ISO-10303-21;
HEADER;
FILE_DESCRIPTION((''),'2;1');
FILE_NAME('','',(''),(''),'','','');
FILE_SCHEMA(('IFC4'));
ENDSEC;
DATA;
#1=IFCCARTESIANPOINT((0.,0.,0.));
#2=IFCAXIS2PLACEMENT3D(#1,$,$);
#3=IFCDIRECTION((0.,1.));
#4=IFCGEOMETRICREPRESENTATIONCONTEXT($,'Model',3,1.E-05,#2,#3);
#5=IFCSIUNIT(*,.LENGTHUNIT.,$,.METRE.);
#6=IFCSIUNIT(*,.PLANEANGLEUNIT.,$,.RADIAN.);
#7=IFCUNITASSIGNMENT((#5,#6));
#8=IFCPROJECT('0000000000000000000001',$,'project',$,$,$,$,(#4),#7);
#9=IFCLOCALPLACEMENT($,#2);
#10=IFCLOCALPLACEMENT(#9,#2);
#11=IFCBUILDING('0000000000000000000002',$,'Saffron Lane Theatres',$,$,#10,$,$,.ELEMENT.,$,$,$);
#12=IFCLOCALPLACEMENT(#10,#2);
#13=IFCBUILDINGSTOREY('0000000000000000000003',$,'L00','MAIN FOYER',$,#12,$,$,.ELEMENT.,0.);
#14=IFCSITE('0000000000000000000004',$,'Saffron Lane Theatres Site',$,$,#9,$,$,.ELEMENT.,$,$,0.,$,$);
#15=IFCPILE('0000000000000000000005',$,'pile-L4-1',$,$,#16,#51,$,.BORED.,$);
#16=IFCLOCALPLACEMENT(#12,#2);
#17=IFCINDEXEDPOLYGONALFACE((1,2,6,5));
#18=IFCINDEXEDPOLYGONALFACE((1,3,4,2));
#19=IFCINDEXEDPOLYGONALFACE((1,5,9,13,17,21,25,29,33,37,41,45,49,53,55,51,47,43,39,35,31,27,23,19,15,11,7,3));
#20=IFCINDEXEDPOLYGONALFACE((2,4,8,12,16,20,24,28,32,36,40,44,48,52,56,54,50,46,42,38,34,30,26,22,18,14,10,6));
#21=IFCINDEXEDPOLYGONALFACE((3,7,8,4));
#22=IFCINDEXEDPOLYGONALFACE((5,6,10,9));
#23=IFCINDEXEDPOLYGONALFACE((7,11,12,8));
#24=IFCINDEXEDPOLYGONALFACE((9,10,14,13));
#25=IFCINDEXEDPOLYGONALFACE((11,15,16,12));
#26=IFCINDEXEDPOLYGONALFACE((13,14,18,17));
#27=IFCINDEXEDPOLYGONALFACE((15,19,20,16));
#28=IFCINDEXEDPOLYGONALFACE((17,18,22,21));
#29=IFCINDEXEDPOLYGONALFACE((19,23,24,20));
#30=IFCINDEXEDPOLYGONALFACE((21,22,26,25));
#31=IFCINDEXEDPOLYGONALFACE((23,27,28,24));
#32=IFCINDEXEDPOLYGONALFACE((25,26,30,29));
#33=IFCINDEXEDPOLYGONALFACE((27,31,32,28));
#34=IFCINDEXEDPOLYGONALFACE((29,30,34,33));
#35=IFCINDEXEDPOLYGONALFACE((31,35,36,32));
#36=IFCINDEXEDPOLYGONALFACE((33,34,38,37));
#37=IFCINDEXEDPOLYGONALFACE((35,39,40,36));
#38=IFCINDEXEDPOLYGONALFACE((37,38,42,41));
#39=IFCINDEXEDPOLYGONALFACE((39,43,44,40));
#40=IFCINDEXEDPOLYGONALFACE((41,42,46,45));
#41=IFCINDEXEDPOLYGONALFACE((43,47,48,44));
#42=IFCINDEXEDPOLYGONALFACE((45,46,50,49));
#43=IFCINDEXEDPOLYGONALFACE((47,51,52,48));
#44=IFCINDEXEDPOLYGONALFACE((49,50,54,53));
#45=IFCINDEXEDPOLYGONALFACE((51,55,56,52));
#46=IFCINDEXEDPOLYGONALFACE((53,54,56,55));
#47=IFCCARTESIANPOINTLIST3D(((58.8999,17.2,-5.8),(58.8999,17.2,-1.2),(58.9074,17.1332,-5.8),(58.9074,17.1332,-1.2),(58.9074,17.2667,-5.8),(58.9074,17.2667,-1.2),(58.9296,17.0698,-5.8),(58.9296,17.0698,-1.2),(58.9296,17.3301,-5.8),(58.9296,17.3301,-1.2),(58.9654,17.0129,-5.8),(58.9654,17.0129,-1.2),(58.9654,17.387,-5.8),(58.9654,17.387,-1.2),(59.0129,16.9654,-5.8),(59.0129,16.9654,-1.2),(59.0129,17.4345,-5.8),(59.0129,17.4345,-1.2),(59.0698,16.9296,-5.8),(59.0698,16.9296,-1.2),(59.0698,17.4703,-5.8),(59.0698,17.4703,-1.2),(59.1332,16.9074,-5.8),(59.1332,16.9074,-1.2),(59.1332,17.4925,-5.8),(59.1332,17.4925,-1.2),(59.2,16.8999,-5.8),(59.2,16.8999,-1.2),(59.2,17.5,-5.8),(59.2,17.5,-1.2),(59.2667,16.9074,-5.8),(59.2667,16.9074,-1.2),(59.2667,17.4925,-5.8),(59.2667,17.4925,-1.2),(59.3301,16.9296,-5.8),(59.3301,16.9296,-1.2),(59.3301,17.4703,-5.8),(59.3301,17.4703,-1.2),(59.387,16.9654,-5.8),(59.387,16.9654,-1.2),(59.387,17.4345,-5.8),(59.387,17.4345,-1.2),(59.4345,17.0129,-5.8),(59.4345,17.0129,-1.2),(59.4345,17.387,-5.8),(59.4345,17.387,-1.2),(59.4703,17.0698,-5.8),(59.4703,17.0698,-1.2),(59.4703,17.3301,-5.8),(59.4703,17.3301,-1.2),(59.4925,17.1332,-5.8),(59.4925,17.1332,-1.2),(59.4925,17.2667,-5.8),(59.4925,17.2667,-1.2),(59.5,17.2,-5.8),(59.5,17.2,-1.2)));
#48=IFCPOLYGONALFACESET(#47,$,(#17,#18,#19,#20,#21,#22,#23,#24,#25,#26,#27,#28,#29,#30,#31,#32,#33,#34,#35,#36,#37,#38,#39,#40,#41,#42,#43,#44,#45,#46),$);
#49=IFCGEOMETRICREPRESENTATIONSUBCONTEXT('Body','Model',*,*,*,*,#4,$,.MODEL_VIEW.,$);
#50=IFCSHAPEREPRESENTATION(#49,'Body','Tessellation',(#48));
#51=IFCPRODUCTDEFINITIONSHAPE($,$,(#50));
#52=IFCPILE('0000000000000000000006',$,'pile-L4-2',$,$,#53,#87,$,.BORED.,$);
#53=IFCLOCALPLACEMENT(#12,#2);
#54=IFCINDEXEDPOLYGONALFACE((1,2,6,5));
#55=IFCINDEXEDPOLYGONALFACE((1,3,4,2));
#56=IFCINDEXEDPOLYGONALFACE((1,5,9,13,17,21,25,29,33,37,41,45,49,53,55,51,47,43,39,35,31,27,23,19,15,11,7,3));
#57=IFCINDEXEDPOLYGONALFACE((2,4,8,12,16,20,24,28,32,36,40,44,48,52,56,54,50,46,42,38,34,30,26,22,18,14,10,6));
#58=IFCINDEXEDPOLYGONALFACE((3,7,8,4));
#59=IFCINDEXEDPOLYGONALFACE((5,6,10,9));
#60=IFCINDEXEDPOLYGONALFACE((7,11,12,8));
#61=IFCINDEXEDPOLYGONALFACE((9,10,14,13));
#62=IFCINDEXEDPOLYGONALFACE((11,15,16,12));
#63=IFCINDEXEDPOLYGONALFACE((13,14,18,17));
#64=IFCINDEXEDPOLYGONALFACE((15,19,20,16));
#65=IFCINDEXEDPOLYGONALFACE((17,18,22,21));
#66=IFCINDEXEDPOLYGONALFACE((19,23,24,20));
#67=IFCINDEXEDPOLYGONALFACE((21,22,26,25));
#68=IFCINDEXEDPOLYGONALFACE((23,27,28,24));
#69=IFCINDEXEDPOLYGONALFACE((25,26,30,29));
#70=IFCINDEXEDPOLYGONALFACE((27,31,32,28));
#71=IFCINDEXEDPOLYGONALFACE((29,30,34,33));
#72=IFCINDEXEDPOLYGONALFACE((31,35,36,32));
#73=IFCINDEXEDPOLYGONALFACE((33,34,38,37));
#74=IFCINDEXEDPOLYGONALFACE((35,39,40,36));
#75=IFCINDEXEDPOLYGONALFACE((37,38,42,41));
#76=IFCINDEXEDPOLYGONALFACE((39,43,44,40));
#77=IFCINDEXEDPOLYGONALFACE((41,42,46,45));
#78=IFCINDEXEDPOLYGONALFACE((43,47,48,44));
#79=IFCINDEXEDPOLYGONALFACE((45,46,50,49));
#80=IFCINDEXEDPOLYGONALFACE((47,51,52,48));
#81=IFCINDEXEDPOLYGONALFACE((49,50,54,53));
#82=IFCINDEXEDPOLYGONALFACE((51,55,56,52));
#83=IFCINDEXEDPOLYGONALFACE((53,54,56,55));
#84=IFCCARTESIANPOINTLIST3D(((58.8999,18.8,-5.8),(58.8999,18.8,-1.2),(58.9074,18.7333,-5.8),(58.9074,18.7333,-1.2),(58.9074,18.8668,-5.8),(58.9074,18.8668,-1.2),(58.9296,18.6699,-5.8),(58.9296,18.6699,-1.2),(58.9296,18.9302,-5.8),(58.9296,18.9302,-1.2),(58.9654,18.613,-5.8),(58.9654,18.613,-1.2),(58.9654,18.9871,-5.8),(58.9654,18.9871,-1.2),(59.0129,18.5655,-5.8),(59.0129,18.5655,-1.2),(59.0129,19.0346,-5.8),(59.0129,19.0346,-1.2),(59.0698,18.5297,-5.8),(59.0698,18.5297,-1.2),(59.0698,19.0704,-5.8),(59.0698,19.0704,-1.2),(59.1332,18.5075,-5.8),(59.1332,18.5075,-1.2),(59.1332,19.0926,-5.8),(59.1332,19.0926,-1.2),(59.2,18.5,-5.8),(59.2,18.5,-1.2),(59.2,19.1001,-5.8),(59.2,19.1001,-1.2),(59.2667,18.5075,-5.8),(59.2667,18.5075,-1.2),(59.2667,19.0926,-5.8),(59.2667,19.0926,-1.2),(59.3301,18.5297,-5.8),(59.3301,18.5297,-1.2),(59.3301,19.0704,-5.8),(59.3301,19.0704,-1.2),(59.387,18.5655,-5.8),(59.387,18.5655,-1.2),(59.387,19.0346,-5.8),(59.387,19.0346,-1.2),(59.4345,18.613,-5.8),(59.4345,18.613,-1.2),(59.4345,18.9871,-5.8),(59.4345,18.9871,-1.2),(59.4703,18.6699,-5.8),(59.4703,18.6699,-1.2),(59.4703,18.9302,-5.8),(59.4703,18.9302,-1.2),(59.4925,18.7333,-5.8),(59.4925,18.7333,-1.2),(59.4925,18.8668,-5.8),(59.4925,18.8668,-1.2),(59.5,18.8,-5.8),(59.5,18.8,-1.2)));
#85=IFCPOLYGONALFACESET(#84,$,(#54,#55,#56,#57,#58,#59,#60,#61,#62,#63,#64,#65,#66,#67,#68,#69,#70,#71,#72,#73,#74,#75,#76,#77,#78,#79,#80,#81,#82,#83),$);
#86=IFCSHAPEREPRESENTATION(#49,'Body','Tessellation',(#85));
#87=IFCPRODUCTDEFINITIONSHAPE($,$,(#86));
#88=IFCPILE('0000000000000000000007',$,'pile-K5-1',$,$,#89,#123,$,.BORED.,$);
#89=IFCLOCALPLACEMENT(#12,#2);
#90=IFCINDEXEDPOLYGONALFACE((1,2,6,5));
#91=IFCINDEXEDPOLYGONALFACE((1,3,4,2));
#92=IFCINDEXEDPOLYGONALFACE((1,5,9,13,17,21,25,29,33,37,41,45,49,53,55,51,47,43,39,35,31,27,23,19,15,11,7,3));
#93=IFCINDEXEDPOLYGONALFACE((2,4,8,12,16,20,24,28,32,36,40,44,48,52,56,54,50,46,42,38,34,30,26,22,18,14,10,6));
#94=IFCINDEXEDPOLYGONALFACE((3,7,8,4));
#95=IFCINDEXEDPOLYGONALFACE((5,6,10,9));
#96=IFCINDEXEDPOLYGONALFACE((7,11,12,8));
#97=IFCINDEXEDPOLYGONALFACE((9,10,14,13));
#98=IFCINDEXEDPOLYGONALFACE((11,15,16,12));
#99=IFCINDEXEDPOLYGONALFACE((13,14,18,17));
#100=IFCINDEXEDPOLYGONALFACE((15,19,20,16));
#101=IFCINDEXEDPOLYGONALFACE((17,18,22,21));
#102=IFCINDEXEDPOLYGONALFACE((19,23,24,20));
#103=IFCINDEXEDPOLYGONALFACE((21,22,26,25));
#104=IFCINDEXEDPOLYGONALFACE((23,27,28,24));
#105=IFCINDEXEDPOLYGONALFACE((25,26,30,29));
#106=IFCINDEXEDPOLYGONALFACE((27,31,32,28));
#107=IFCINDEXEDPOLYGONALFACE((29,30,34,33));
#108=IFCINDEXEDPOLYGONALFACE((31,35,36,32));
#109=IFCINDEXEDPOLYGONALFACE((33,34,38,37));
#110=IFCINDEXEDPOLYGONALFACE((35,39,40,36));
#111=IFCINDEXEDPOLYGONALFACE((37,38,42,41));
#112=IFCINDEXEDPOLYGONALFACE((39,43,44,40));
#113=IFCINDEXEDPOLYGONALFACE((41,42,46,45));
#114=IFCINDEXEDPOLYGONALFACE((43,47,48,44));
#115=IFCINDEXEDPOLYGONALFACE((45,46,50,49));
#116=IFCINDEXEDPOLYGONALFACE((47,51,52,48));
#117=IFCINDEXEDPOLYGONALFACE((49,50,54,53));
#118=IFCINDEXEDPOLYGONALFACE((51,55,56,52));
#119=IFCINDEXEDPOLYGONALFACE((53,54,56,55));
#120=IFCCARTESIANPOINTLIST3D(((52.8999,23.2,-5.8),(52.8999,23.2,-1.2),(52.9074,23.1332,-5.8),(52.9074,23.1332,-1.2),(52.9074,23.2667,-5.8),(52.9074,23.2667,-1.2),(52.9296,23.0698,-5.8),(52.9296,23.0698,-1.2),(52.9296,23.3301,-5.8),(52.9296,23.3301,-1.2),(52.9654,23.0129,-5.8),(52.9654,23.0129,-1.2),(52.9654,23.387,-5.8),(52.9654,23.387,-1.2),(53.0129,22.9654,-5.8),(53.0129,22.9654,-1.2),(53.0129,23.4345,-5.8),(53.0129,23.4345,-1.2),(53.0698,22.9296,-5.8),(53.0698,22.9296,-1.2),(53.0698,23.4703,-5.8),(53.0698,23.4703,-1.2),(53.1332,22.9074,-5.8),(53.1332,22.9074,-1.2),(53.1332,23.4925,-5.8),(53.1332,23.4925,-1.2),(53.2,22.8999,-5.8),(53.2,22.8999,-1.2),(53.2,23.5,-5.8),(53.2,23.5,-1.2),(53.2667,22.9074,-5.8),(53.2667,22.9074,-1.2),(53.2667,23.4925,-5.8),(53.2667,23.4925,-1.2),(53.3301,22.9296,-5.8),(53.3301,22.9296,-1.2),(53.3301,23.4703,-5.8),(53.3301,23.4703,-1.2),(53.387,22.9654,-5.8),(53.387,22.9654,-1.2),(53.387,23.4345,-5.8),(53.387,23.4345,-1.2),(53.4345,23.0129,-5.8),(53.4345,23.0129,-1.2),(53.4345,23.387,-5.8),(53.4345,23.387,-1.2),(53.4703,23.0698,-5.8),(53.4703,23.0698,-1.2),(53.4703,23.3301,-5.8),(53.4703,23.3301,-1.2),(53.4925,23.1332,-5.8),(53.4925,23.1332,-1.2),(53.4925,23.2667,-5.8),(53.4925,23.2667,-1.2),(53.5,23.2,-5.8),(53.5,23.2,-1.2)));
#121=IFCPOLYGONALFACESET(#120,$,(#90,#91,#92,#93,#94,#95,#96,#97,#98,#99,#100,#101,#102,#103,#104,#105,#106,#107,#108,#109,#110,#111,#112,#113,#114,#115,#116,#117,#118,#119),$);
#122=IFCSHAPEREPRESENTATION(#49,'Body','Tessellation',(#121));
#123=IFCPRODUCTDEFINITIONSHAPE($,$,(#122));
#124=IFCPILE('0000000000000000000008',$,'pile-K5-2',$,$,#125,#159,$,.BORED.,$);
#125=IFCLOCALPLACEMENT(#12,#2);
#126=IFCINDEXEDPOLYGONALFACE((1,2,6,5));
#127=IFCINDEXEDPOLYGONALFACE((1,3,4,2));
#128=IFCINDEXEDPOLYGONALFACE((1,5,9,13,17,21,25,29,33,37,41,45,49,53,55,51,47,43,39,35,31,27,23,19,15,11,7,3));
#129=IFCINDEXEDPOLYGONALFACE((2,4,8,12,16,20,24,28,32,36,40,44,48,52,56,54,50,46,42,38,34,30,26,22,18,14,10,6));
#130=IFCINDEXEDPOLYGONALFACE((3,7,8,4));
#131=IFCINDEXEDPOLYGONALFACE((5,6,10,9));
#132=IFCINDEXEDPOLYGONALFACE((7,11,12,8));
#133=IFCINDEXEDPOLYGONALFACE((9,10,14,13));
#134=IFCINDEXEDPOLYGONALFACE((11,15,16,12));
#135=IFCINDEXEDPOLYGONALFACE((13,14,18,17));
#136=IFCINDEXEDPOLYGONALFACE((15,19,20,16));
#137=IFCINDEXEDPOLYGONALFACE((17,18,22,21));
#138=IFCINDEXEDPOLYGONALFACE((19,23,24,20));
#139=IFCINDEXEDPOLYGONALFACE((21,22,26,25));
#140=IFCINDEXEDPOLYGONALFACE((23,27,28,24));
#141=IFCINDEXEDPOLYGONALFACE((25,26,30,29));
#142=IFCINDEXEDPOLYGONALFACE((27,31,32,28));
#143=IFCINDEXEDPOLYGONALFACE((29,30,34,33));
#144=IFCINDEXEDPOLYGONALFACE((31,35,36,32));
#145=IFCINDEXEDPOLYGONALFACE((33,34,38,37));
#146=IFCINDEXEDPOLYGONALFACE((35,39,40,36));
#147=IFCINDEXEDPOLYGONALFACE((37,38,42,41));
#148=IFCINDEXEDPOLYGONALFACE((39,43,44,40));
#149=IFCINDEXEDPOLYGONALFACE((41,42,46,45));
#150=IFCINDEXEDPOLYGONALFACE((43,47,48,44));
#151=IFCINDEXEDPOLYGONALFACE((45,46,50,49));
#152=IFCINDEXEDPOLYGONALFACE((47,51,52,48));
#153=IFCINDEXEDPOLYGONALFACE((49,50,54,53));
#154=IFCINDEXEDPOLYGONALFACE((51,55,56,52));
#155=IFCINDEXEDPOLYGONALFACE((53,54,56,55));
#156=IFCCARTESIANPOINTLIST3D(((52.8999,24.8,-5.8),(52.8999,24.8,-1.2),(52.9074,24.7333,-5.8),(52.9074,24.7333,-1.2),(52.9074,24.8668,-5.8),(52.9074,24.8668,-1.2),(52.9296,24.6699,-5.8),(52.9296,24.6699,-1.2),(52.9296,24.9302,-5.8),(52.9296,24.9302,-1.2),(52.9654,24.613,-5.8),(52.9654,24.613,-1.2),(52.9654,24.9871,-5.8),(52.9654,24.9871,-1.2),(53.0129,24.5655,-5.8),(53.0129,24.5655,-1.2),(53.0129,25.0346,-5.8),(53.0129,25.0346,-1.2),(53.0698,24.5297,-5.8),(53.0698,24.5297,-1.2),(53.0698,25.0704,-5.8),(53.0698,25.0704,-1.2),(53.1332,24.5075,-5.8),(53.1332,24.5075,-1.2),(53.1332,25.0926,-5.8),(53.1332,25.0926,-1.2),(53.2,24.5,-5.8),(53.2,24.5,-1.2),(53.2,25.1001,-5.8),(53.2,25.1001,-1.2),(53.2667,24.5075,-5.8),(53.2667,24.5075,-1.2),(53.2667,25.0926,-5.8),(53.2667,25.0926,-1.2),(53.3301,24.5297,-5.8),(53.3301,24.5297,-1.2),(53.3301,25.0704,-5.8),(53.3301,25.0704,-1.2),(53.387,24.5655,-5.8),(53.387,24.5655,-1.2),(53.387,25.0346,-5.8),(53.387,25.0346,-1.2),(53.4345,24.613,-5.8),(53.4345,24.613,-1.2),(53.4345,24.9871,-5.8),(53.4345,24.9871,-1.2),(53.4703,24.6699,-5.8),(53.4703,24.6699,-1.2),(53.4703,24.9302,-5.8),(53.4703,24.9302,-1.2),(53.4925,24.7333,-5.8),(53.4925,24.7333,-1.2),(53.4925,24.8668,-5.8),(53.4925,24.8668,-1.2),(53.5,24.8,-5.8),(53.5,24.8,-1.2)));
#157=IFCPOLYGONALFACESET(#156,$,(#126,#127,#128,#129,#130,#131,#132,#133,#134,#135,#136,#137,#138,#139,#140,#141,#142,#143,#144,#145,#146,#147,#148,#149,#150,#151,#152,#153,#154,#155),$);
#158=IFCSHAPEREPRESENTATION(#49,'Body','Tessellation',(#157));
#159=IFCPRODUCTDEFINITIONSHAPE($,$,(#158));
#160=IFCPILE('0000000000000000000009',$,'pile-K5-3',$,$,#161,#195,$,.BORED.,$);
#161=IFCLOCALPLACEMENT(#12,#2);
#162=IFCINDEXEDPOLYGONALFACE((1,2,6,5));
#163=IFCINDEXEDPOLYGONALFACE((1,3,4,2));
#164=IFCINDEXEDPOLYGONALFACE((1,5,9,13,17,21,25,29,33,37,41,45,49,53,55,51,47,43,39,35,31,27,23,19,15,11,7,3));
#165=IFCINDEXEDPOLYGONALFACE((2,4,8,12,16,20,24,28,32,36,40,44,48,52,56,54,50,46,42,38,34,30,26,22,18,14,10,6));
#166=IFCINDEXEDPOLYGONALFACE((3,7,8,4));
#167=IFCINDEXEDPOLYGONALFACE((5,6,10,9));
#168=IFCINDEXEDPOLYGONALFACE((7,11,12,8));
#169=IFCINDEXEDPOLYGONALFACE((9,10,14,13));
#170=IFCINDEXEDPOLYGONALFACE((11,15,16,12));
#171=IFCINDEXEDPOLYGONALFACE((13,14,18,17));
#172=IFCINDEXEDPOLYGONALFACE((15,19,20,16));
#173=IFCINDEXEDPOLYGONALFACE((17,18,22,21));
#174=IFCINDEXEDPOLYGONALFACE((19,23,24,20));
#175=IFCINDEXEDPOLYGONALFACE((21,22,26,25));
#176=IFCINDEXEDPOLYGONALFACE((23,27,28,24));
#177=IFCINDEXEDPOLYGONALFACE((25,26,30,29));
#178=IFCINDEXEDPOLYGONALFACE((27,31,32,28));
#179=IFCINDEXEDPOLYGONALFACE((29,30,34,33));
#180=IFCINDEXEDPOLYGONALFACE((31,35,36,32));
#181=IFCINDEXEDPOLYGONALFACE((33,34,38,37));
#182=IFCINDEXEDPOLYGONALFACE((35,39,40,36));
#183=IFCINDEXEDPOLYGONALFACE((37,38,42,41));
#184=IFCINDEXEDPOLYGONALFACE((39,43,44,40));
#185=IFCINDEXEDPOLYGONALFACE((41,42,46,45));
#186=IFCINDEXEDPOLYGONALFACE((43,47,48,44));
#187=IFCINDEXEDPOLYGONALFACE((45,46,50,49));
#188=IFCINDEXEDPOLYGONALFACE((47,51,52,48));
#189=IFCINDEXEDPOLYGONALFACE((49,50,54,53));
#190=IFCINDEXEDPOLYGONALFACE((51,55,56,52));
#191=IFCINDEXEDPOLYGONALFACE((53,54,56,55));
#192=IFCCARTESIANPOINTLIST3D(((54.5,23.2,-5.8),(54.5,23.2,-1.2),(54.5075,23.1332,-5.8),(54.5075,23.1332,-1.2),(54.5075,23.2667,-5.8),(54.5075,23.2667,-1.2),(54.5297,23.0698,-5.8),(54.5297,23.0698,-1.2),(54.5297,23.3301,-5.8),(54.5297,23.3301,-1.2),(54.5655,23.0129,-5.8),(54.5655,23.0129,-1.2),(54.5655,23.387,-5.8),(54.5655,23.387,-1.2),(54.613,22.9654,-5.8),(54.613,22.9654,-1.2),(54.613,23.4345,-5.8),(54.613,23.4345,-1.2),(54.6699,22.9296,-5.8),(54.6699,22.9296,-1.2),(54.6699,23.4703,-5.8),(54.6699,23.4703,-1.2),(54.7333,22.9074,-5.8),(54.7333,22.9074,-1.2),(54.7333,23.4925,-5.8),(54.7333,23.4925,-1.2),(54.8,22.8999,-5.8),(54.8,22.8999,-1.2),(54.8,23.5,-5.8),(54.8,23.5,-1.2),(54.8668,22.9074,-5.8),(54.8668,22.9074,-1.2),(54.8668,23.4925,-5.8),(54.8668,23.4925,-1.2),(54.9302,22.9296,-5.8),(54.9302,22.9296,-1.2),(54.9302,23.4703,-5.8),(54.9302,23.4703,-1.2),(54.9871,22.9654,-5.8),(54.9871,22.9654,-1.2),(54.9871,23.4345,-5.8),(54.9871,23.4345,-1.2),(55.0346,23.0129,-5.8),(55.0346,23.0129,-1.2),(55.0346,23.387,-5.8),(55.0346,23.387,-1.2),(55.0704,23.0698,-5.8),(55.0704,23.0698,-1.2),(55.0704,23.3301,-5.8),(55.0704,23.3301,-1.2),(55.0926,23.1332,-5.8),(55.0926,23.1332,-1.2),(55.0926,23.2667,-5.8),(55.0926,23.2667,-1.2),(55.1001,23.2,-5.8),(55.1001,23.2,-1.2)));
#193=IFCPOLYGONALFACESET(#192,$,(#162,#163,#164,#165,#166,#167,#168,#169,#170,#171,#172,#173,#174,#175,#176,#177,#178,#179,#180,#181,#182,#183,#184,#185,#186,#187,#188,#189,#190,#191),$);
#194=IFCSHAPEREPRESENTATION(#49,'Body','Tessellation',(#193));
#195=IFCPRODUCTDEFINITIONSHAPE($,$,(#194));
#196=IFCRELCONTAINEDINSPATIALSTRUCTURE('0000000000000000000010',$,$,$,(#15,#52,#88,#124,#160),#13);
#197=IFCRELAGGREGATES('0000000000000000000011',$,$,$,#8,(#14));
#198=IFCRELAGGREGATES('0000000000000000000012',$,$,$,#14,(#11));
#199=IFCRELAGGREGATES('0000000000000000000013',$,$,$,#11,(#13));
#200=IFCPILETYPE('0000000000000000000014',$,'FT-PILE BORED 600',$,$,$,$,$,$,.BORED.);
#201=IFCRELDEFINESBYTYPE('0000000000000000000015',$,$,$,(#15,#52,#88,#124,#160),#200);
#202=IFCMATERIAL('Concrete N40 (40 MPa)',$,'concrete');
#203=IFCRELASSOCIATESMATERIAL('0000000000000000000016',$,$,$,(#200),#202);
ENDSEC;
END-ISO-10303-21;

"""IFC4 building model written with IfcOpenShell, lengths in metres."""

from ifc_helpers import new_model, si_unit, direction, frame, origin, origin_2d, place, context, subcontext, project, spatial, circle, extrude, material, material_profile, profile_set, type_object, element, save


model = new_model("IFC4")

# Units and contexts
model_context = context("Model", 3, precision=1e-05, world=origin(), true_north=direction((0.0, 1.0)))
body_context = subcontext(model_context, "Body", "Model", "MODEL_VIEW")
ifc_project = project(units=[si_unit("LENGTHUNIT", "METRE"), si_unit("PLANEANGLEUNIT", "RADIAN")], contexts=[model_context])

# Site, building, storey
site_placement = place(None, origin())
site = spatial("IfcSite", under=ifc_project, at=site_placement, Name="Saffron Lane Theatres Site", CompositionType="ELEMENT", RefElevation=0.0)
building_placement = place(site_placement, origin())
building = spatial("IfcBuilding", under=site, at=building_placement, Name="Saffron Lane Theatres", CompositionType="ELEMENT")
storey_placement = place(building_placement, origin())
storey = spatial("IfcBuildingStorey", under=building, at=storey_placement, Name="L00", Description="MAIN FOYER", CompositionType="ELEMENT", Elevation=0.0)

# Piles
ifc_material_1 = material(Name="Concrete N40 (40 MPa)", Category="concrete")
ifc_material_profile_1 = material_profile(ifc_material_1, circle(Radius=0.3, at=origin_2d()))
ifc_profile_set_1 = profile_set([ifc_material_profile_1], Name="Concrete N40 (40 MPa)")
pile_type = type_object("IfcPileType", Name="FT-PILE BORED 600", PredefinedType="BORED", material=ifc_profile_set_1)
for number, where, z_axis, x_axis, name in (
    (1, (59.2, 17.2, -1.2), (0.0, 0.0, -1.0), (1.0, 0.0, 0.0), "pile-L4-1"),
    (2, (59.2, 18.8, -1.2), (0.0, 0.0, -1.0), (1.0, 0.0, 0.0), "pile-L4-2"),
    (3, (53.2, 23.2, -1.2), (0.0, 0.0, -1.0), (1.0, 0.0, 0.0), "pile-K5-1"),
    (4, (53.2, 24.8, -1.2), (0.0, 0.0, -1.0), (1.0, 0.0, 0.0), "pile-K5-2"),
    (5, (54.8, 23.2, -1.2), (0.0, 0.0, -1.0), (1.0, 0.0, 0.0), "pile-K5-3"),
):
    element("IfcPile", number, at=place(storey_placement, frame(where, z_axis=z_axis, x_axis=x_axis)), inside=storey, type_object=pile_type, Name=name, PredefinedType="BORED", context=body_context, shape_type="SweptSolid", body=[
        extrude(circle(Radius=0.3, at=origin_2d()), origin(), (0.0, 0.0, 1.0), 4.6001),
    ])

save(model, "model.ifc")
